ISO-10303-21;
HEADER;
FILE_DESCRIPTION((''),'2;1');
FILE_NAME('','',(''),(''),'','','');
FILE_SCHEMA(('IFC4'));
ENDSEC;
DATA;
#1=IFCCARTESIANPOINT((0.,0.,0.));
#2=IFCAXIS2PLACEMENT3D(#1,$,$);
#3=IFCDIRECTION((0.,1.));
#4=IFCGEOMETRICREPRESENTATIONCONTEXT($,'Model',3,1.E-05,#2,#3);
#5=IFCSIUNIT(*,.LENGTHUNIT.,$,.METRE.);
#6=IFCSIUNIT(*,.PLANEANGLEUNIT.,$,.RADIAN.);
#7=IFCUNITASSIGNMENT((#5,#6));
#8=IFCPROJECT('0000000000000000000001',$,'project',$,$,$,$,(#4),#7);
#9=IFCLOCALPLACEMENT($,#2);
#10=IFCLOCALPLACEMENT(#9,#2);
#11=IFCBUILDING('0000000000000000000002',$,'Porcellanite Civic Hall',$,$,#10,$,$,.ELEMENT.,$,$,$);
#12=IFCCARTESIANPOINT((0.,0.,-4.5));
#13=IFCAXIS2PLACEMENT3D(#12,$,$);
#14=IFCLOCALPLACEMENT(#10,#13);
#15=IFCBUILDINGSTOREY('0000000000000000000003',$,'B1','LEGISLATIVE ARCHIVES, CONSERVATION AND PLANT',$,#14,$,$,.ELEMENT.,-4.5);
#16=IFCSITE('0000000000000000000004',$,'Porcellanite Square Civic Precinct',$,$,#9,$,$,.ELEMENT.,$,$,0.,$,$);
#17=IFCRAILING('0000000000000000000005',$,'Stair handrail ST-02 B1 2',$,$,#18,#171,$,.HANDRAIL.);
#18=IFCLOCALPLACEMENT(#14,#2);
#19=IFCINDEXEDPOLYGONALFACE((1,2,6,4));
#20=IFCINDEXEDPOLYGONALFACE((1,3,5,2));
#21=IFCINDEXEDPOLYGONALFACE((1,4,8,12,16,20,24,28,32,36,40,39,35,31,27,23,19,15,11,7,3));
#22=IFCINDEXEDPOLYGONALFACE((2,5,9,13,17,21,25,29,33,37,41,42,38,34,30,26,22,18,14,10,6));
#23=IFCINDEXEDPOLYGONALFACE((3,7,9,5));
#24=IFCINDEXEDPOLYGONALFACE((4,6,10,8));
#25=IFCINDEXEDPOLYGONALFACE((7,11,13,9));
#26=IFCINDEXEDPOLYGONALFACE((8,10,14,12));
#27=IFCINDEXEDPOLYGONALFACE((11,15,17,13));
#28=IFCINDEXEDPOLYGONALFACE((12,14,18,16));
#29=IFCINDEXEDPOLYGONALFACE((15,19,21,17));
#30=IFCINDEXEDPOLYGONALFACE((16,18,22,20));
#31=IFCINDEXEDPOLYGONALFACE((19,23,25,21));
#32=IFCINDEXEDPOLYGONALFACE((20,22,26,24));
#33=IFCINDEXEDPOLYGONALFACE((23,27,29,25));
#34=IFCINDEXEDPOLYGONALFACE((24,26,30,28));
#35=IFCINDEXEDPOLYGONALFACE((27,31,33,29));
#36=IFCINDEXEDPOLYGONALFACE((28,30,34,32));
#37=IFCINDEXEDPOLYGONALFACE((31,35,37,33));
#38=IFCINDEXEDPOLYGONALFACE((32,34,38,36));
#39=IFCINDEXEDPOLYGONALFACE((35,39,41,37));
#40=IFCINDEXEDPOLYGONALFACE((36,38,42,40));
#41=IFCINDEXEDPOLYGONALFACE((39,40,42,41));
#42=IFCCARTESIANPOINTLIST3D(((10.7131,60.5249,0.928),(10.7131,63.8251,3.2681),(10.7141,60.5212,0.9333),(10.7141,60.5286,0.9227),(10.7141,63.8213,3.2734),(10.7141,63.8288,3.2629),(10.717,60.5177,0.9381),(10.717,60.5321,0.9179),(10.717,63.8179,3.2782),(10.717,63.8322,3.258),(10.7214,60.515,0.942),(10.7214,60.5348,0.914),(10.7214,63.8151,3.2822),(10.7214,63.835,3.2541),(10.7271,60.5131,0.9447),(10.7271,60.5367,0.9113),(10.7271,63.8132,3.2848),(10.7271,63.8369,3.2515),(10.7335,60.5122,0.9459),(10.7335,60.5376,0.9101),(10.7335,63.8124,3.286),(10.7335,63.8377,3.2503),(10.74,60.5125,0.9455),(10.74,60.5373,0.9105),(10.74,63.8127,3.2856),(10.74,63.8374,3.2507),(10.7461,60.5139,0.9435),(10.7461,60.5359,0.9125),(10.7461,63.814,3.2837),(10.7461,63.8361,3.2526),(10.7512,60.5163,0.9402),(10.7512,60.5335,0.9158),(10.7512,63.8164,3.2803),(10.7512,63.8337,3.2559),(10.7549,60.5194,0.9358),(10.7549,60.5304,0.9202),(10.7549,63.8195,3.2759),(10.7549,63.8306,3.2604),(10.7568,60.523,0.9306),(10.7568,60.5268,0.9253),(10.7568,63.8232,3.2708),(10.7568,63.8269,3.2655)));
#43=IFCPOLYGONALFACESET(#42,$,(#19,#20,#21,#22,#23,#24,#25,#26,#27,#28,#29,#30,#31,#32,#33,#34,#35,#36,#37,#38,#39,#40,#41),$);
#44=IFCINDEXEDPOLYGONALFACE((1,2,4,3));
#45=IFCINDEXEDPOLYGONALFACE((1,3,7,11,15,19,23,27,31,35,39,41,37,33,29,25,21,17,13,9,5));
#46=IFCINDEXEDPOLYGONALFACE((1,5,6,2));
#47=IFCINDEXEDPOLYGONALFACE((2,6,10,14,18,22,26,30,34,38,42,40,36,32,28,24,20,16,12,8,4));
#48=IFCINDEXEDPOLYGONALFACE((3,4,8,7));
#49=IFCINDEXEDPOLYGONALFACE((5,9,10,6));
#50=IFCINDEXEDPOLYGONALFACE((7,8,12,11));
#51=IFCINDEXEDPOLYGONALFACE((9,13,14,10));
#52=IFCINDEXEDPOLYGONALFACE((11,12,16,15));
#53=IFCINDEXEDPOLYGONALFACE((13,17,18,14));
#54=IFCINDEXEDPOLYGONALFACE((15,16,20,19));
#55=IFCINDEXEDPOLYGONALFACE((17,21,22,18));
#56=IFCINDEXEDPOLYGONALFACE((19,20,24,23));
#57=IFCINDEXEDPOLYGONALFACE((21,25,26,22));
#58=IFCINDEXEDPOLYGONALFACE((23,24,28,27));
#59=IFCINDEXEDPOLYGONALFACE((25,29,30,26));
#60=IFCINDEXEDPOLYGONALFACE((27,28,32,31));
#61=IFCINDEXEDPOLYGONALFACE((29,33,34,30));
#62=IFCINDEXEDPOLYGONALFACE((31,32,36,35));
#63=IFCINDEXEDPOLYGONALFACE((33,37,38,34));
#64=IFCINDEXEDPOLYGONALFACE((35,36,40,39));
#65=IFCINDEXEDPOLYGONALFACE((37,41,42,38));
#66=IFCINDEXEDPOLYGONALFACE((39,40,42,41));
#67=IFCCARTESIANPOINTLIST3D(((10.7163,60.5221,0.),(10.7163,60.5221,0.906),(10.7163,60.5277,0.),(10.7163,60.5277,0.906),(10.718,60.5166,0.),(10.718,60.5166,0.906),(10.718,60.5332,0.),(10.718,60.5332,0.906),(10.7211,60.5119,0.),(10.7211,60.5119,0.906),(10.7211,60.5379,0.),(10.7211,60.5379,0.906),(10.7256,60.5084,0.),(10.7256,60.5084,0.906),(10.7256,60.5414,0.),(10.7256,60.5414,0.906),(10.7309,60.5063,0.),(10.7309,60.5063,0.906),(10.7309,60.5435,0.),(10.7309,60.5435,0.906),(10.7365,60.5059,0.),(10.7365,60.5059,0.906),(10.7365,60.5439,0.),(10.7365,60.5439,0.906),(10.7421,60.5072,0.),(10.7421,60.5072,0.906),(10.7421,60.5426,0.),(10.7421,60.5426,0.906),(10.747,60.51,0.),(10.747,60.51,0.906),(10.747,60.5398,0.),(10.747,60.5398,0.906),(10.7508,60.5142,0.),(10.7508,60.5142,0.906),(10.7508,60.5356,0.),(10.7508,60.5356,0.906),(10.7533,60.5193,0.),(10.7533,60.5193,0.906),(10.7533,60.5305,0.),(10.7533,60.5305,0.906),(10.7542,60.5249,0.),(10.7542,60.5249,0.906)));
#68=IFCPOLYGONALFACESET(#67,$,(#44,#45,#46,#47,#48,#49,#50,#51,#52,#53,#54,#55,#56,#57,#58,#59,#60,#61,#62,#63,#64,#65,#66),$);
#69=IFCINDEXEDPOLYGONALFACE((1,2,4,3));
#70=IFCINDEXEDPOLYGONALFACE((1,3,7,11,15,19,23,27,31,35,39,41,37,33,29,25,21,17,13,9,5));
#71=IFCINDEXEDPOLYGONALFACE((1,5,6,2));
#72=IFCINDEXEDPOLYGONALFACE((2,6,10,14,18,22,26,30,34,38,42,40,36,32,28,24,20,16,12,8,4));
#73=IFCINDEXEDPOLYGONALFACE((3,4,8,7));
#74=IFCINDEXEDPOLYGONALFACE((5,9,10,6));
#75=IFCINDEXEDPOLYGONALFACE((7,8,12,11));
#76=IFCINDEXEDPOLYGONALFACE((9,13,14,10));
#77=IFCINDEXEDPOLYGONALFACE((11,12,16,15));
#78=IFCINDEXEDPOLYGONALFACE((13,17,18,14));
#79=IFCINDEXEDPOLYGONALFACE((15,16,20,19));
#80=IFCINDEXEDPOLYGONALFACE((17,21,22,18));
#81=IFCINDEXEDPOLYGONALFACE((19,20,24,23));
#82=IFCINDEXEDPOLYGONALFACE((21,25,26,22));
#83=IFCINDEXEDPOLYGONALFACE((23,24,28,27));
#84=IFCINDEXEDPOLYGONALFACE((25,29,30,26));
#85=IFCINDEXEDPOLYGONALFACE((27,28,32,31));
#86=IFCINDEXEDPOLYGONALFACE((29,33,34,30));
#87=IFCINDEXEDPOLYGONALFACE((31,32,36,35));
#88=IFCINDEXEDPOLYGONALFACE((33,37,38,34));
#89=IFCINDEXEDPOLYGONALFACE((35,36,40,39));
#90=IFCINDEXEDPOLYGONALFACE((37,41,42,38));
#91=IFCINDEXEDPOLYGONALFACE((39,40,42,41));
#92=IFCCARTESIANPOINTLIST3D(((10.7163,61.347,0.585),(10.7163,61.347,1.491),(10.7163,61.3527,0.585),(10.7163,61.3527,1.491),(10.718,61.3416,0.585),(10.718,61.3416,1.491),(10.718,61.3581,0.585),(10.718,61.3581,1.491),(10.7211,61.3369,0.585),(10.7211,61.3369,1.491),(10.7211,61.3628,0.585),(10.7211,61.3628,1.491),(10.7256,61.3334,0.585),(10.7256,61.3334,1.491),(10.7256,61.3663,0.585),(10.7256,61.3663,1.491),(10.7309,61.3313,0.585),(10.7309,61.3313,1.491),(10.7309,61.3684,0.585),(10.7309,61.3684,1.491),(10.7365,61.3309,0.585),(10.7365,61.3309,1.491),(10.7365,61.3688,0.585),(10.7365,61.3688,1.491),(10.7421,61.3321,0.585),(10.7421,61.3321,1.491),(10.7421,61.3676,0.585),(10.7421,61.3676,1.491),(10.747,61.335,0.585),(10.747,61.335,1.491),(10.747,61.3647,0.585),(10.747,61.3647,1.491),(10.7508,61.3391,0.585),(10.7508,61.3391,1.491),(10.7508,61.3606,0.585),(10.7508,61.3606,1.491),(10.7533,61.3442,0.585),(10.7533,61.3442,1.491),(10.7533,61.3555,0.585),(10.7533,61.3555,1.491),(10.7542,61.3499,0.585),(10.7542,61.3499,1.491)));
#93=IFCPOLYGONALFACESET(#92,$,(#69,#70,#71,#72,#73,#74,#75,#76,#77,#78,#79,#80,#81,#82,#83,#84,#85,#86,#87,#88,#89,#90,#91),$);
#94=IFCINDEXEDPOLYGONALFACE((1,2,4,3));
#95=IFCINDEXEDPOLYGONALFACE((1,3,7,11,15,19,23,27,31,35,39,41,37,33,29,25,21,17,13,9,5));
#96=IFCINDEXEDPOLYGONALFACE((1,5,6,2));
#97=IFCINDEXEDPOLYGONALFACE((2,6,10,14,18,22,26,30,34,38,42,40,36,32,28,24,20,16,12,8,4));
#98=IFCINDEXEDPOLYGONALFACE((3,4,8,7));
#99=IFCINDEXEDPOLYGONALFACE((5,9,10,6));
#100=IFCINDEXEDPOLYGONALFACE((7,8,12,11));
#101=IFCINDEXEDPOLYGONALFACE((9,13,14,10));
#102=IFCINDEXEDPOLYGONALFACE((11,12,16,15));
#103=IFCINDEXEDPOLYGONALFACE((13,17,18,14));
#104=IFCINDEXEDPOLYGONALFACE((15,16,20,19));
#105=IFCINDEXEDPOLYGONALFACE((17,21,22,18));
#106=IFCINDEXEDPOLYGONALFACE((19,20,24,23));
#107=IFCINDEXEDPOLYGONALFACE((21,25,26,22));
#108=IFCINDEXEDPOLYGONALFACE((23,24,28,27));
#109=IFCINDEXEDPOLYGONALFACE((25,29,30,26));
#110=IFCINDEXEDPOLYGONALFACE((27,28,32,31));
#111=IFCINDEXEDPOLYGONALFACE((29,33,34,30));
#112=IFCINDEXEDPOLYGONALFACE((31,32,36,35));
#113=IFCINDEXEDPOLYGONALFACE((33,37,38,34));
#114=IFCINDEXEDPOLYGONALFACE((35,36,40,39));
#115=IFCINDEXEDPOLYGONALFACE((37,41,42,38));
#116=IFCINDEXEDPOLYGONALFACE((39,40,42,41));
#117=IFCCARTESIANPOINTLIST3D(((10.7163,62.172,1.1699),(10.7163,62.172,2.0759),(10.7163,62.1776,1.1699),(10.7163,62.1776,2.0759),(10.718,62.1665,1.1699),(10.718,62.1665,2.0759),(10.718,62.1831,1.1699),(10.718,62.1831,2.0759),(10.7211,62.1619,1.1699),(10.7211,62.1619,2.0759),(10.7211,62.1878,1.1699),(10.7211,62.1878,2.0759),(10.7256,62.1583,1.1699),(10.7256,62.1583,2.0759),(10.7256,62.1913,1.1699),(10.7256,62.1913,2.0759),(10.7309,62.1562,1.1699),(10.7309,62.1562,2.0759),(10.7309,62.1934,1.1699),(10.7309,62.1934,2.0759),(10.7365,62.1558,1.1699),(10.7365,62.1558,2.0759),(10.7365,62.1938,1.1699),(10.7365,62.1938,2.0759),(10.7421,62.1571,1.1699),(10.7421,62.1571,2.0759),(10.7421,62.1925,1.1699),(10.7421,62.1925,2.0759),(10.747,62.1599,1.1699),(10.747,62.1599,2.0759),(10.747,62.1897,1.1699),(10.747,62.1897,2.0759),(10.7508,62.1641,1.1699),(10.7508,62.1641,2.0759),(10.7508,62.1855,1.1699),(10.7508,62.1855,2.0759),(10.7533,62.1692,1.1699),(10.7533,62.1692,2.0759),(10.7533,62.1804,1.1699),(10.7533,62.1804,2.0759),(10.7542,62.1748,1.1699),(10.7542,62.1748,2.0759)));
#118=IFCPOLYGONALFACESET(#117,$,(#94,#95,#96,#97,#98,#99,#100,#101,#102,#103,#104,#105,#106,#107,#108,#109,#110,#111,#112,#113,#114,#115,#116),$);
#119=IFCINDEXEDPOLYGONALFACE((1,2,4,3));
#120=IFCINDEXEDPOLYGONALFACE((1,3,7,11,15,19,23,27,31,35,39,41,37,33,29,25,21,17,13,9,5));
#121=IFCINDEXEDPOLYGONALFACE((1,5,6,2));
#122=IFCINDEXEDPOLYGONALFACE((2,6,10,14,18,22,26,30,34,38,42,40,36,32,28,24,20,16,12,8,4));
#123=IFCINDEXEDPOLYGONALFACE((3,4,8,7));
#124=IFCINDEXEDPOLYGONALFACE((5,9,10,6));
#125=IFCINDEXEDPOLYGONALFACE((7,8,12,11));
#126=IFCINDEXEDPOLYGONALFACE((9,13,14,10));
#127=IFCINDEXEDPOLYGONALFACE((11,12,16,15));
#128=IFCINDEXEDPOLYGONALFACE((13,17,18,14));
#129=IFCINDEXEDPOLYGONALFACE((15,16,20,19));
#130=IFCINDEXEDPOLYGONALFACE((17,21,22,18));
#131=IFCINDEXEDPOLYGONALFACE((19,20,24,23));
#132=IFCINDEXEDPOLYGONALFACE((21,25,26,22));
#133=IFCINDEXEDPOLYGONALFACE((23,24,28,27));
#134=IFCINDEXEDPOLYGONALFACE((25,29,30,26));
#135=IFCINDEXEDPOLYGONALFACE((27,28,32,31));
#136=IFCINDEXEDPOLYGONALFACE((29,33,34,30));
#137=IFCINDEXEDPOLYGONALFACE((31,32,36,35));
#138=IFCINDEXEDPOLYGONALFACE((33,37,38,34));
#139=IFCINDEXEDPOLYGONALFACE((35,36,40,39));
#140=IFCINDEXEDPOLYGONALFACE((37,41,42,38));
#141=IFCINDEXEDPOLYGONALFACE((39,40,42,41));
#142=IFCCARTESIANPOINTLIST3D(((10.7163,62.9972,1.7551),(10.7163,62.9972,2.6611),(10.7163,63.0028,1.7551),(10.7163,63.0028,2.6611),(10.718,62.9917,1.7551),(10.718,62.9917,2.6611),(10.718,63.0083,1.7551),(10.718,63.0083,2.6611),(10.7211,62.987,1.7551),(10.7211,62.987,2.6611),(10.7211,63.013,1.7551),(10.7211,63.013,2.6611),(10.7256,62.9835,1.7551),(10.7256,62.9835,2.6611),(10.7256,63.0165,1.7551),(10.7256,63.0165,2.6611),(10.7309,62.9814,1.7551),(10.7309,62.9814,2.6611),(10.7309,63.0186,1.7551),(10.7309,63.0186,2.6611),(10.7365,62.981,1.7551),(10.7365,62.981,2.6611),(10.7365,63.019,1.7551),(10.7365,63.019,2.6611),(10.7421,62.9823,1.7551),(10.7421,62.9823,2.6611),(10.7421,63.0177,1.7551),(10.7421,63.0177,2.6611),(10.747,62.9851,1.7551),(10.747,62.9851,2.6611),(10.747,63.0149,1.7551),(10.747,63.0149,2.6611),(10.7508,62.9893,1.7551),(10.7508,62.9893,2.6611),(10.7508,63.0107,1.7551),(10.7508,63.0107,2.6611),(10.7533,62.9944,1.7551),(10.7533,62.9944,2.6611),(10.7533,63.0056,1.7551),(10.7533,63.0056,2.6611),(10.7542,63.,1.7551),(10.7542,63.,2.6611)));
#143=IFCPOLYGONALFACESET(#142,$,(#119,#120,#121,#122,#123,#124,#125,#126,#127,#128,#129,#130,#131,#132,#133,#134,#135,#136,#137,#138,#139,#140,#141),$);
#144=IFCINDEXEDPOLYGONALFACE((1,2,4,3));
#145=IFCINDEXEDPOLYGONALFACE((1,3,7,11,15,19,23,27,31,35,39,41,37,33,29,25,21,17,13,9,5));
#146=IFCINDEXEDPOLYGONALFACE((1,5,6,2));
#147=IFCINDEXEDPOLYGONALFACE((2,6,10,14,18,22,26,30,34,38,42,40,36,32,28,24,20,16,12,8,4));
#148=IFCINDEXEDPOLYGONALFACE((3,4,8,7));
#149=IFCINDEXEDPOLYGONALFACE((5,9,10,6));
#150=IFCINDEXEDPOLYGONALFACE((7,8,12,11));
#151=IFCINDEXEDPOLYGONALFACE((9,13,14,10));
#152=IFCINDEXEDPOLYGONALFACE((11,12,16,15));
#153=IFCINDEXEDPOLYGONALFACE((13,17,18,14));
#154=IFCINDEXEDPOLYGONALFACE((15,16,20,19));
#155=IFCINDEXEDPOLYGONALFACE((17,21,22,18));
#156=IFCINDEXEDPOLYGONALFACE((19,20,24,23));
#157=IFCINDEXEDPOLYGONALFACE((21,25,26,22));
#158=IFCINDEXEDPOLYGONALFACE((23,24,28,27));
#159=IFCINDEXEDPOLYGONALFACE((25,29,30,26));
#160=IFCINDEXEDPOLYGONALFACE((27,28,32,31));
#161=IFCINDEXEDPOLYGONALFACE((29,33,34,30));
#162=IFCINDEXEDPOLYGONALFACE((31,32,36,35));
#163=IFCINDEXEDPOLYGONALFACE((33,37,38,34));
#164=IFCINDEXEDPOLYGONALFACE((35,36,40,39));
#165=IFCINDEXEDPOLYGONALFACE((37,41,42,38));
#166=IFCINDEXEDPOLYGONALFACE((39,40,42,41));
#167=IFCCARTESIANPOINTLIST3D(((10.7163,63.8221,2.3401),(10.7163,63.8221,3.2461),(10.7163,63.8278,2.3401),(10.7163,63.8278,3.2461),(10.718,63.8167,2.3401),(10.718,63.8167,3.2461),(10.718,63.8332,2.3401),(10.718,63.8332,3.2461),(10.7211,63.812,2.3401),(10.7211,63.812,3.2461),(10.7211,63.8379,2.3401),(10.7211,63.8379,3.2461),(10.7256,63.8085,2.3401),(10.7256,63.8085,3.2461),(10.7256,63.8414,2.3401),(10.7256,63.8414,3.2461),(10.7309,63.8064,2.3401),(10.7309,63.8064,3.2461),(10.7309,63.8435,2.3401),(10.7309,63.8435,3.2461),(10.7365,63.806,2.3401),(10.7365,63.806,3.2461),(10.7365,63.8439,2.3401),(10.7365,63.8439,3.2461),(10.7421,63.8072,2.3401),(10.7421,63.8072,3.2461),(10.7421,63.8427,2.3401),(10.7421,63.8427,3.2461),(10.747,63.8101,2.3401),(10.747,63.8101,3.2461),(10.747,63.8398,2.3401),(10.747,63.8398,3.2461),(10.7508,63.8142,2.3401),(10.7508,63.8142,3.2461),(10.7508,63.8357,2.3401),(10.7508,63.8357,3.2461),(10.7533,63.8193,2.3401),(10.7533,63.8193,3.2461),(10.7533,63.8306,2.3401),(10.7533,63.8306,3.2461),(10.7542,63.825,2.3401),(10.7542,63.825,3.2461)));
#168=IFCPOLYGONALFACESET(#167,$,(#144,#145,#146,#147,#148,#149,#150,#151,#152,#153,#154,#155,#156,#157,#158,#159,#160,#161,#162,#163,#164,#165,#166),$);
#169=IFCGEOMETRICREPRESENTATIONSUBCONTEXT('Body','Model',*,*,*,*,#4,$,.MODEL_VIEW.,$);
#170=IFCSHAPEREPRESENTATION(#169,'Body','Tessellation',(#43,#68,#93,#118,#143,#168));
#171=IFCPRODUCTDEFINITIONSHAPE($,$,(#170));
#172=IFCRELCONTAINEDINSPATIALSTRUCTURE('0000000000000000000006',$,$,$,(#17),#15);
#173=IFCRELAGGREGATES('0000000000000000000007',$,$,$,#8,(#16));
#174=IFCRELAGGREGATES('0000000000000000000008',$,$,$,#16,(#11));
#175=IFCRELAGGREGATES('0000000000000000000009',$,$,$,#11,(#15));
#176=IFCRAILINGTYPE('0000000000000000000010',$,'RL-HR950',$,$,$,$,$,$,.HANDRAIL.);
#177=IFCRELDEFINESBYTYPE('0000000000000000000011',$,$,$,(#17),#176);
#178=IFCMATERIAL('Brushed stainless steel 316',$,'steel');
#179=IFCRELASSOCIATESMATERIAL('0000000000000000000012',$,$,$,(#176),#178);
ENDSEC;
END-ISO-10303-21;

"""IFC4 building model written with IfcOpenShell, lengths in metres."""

from ifc_helpers import new_model, si_unit, direction, frame, origin, origin_2d, place, context, subcontext, project, spatial, circle, extrude, material, type_object, element, save


model = new_model("IFC4")

# Units and contexts
model_context = context("Model", 3, precision=1e-05, world=origin(), true_north=direction((0.0, 1.0)))
body_context = subcontext(model_context, "Body", "Model", "MODEL_VIEW")
ifc_project = project(units=[si_unit("LENGTHUNIT", "METRE"), si_unit("PLANEANGLEUNIT", "RADIAN")], contexts=[model_context])

# Site, building, storey
site_placement = place(None, origin())
site = spatial("IfcSite", under=ifc_project, at=site_placement, Name="Porcellanite Square Civic Precinct", CompositionType="ELEMENT", RefElevation=0.0)
building_placement = place(site_placement, origin())
building = spatial("IfcBuilding", under=site, at=building_placement, Name="Porcellanite Civic Hall", CompositionType="ELEMENT")
storey_placement = place(building_placement, frame((0.0, 0.0, -4.5)))
storey = spatial("IfcBuildingStorey", under=building, at=storey_placement, Name="B1", Description="LEGISLATIVE ARCHIVES, CONSERVATION AND PLANT", CompositionType="ELEMENT", Elevation=-4.5)

# Railing
ifc_material_1 = material(Name="Brushed stainless steel 316", Category="steel")
railing_type_1 = type_object("IfcRailingType", Name="RL-HR950", PredefinedType="HANDRAIL", material=ifc_material_1)
railing_1_placement = place(storey_placement, frame((10.7351, 60.5249, 0.0)))
element("IfcRailing", 1, at=railing_1_placement, inside=storey, type_object=railing_type_1, Name="Stair handrail ST-02 B1 2", PredefinedType="HANDRAIL", context=body_context, shape_type="SweptSolid", body=[
    extrude(circle(Radius=0.022, at=origin_2d()), frame((0.0, 0.0, 0.928), z_axis=(0.0, 0.815727, 0.578438), x_axis=(-1.0, 0.0, 0.0)), (0.0, 0.0, 1.0), 4.0457),
    extrude(circle(Radius=0.019, at=origin_2d()), origin(), (0.0, 0.0, 1.0), 0.906),
    extrude(circle(Radius=0.019, at=origin_2d()), frame((0.0, 0.825, 0.585)), (0.0, 0.0, 1.0), 0.906),
    extrude(circle(Radius=0.019, at=origin_2d()), frame((0.0, 1.6499, 1.1699)), (0.0, 0.0, 1.0), 0.906),
    extrude(circle(Radius=0.019, at=origin_2d()), frame((0.0, 2.4751, 1.7551)), (0.0, 0.0, 1.0), 0.906),
    extrude(circle(Radius=0.019, at=origin_2d()), frame((0.0, 3.3, 2.3401)), (0.0, 0.0, 1.0), 0.906),
])

save(model, "model.ifc")
